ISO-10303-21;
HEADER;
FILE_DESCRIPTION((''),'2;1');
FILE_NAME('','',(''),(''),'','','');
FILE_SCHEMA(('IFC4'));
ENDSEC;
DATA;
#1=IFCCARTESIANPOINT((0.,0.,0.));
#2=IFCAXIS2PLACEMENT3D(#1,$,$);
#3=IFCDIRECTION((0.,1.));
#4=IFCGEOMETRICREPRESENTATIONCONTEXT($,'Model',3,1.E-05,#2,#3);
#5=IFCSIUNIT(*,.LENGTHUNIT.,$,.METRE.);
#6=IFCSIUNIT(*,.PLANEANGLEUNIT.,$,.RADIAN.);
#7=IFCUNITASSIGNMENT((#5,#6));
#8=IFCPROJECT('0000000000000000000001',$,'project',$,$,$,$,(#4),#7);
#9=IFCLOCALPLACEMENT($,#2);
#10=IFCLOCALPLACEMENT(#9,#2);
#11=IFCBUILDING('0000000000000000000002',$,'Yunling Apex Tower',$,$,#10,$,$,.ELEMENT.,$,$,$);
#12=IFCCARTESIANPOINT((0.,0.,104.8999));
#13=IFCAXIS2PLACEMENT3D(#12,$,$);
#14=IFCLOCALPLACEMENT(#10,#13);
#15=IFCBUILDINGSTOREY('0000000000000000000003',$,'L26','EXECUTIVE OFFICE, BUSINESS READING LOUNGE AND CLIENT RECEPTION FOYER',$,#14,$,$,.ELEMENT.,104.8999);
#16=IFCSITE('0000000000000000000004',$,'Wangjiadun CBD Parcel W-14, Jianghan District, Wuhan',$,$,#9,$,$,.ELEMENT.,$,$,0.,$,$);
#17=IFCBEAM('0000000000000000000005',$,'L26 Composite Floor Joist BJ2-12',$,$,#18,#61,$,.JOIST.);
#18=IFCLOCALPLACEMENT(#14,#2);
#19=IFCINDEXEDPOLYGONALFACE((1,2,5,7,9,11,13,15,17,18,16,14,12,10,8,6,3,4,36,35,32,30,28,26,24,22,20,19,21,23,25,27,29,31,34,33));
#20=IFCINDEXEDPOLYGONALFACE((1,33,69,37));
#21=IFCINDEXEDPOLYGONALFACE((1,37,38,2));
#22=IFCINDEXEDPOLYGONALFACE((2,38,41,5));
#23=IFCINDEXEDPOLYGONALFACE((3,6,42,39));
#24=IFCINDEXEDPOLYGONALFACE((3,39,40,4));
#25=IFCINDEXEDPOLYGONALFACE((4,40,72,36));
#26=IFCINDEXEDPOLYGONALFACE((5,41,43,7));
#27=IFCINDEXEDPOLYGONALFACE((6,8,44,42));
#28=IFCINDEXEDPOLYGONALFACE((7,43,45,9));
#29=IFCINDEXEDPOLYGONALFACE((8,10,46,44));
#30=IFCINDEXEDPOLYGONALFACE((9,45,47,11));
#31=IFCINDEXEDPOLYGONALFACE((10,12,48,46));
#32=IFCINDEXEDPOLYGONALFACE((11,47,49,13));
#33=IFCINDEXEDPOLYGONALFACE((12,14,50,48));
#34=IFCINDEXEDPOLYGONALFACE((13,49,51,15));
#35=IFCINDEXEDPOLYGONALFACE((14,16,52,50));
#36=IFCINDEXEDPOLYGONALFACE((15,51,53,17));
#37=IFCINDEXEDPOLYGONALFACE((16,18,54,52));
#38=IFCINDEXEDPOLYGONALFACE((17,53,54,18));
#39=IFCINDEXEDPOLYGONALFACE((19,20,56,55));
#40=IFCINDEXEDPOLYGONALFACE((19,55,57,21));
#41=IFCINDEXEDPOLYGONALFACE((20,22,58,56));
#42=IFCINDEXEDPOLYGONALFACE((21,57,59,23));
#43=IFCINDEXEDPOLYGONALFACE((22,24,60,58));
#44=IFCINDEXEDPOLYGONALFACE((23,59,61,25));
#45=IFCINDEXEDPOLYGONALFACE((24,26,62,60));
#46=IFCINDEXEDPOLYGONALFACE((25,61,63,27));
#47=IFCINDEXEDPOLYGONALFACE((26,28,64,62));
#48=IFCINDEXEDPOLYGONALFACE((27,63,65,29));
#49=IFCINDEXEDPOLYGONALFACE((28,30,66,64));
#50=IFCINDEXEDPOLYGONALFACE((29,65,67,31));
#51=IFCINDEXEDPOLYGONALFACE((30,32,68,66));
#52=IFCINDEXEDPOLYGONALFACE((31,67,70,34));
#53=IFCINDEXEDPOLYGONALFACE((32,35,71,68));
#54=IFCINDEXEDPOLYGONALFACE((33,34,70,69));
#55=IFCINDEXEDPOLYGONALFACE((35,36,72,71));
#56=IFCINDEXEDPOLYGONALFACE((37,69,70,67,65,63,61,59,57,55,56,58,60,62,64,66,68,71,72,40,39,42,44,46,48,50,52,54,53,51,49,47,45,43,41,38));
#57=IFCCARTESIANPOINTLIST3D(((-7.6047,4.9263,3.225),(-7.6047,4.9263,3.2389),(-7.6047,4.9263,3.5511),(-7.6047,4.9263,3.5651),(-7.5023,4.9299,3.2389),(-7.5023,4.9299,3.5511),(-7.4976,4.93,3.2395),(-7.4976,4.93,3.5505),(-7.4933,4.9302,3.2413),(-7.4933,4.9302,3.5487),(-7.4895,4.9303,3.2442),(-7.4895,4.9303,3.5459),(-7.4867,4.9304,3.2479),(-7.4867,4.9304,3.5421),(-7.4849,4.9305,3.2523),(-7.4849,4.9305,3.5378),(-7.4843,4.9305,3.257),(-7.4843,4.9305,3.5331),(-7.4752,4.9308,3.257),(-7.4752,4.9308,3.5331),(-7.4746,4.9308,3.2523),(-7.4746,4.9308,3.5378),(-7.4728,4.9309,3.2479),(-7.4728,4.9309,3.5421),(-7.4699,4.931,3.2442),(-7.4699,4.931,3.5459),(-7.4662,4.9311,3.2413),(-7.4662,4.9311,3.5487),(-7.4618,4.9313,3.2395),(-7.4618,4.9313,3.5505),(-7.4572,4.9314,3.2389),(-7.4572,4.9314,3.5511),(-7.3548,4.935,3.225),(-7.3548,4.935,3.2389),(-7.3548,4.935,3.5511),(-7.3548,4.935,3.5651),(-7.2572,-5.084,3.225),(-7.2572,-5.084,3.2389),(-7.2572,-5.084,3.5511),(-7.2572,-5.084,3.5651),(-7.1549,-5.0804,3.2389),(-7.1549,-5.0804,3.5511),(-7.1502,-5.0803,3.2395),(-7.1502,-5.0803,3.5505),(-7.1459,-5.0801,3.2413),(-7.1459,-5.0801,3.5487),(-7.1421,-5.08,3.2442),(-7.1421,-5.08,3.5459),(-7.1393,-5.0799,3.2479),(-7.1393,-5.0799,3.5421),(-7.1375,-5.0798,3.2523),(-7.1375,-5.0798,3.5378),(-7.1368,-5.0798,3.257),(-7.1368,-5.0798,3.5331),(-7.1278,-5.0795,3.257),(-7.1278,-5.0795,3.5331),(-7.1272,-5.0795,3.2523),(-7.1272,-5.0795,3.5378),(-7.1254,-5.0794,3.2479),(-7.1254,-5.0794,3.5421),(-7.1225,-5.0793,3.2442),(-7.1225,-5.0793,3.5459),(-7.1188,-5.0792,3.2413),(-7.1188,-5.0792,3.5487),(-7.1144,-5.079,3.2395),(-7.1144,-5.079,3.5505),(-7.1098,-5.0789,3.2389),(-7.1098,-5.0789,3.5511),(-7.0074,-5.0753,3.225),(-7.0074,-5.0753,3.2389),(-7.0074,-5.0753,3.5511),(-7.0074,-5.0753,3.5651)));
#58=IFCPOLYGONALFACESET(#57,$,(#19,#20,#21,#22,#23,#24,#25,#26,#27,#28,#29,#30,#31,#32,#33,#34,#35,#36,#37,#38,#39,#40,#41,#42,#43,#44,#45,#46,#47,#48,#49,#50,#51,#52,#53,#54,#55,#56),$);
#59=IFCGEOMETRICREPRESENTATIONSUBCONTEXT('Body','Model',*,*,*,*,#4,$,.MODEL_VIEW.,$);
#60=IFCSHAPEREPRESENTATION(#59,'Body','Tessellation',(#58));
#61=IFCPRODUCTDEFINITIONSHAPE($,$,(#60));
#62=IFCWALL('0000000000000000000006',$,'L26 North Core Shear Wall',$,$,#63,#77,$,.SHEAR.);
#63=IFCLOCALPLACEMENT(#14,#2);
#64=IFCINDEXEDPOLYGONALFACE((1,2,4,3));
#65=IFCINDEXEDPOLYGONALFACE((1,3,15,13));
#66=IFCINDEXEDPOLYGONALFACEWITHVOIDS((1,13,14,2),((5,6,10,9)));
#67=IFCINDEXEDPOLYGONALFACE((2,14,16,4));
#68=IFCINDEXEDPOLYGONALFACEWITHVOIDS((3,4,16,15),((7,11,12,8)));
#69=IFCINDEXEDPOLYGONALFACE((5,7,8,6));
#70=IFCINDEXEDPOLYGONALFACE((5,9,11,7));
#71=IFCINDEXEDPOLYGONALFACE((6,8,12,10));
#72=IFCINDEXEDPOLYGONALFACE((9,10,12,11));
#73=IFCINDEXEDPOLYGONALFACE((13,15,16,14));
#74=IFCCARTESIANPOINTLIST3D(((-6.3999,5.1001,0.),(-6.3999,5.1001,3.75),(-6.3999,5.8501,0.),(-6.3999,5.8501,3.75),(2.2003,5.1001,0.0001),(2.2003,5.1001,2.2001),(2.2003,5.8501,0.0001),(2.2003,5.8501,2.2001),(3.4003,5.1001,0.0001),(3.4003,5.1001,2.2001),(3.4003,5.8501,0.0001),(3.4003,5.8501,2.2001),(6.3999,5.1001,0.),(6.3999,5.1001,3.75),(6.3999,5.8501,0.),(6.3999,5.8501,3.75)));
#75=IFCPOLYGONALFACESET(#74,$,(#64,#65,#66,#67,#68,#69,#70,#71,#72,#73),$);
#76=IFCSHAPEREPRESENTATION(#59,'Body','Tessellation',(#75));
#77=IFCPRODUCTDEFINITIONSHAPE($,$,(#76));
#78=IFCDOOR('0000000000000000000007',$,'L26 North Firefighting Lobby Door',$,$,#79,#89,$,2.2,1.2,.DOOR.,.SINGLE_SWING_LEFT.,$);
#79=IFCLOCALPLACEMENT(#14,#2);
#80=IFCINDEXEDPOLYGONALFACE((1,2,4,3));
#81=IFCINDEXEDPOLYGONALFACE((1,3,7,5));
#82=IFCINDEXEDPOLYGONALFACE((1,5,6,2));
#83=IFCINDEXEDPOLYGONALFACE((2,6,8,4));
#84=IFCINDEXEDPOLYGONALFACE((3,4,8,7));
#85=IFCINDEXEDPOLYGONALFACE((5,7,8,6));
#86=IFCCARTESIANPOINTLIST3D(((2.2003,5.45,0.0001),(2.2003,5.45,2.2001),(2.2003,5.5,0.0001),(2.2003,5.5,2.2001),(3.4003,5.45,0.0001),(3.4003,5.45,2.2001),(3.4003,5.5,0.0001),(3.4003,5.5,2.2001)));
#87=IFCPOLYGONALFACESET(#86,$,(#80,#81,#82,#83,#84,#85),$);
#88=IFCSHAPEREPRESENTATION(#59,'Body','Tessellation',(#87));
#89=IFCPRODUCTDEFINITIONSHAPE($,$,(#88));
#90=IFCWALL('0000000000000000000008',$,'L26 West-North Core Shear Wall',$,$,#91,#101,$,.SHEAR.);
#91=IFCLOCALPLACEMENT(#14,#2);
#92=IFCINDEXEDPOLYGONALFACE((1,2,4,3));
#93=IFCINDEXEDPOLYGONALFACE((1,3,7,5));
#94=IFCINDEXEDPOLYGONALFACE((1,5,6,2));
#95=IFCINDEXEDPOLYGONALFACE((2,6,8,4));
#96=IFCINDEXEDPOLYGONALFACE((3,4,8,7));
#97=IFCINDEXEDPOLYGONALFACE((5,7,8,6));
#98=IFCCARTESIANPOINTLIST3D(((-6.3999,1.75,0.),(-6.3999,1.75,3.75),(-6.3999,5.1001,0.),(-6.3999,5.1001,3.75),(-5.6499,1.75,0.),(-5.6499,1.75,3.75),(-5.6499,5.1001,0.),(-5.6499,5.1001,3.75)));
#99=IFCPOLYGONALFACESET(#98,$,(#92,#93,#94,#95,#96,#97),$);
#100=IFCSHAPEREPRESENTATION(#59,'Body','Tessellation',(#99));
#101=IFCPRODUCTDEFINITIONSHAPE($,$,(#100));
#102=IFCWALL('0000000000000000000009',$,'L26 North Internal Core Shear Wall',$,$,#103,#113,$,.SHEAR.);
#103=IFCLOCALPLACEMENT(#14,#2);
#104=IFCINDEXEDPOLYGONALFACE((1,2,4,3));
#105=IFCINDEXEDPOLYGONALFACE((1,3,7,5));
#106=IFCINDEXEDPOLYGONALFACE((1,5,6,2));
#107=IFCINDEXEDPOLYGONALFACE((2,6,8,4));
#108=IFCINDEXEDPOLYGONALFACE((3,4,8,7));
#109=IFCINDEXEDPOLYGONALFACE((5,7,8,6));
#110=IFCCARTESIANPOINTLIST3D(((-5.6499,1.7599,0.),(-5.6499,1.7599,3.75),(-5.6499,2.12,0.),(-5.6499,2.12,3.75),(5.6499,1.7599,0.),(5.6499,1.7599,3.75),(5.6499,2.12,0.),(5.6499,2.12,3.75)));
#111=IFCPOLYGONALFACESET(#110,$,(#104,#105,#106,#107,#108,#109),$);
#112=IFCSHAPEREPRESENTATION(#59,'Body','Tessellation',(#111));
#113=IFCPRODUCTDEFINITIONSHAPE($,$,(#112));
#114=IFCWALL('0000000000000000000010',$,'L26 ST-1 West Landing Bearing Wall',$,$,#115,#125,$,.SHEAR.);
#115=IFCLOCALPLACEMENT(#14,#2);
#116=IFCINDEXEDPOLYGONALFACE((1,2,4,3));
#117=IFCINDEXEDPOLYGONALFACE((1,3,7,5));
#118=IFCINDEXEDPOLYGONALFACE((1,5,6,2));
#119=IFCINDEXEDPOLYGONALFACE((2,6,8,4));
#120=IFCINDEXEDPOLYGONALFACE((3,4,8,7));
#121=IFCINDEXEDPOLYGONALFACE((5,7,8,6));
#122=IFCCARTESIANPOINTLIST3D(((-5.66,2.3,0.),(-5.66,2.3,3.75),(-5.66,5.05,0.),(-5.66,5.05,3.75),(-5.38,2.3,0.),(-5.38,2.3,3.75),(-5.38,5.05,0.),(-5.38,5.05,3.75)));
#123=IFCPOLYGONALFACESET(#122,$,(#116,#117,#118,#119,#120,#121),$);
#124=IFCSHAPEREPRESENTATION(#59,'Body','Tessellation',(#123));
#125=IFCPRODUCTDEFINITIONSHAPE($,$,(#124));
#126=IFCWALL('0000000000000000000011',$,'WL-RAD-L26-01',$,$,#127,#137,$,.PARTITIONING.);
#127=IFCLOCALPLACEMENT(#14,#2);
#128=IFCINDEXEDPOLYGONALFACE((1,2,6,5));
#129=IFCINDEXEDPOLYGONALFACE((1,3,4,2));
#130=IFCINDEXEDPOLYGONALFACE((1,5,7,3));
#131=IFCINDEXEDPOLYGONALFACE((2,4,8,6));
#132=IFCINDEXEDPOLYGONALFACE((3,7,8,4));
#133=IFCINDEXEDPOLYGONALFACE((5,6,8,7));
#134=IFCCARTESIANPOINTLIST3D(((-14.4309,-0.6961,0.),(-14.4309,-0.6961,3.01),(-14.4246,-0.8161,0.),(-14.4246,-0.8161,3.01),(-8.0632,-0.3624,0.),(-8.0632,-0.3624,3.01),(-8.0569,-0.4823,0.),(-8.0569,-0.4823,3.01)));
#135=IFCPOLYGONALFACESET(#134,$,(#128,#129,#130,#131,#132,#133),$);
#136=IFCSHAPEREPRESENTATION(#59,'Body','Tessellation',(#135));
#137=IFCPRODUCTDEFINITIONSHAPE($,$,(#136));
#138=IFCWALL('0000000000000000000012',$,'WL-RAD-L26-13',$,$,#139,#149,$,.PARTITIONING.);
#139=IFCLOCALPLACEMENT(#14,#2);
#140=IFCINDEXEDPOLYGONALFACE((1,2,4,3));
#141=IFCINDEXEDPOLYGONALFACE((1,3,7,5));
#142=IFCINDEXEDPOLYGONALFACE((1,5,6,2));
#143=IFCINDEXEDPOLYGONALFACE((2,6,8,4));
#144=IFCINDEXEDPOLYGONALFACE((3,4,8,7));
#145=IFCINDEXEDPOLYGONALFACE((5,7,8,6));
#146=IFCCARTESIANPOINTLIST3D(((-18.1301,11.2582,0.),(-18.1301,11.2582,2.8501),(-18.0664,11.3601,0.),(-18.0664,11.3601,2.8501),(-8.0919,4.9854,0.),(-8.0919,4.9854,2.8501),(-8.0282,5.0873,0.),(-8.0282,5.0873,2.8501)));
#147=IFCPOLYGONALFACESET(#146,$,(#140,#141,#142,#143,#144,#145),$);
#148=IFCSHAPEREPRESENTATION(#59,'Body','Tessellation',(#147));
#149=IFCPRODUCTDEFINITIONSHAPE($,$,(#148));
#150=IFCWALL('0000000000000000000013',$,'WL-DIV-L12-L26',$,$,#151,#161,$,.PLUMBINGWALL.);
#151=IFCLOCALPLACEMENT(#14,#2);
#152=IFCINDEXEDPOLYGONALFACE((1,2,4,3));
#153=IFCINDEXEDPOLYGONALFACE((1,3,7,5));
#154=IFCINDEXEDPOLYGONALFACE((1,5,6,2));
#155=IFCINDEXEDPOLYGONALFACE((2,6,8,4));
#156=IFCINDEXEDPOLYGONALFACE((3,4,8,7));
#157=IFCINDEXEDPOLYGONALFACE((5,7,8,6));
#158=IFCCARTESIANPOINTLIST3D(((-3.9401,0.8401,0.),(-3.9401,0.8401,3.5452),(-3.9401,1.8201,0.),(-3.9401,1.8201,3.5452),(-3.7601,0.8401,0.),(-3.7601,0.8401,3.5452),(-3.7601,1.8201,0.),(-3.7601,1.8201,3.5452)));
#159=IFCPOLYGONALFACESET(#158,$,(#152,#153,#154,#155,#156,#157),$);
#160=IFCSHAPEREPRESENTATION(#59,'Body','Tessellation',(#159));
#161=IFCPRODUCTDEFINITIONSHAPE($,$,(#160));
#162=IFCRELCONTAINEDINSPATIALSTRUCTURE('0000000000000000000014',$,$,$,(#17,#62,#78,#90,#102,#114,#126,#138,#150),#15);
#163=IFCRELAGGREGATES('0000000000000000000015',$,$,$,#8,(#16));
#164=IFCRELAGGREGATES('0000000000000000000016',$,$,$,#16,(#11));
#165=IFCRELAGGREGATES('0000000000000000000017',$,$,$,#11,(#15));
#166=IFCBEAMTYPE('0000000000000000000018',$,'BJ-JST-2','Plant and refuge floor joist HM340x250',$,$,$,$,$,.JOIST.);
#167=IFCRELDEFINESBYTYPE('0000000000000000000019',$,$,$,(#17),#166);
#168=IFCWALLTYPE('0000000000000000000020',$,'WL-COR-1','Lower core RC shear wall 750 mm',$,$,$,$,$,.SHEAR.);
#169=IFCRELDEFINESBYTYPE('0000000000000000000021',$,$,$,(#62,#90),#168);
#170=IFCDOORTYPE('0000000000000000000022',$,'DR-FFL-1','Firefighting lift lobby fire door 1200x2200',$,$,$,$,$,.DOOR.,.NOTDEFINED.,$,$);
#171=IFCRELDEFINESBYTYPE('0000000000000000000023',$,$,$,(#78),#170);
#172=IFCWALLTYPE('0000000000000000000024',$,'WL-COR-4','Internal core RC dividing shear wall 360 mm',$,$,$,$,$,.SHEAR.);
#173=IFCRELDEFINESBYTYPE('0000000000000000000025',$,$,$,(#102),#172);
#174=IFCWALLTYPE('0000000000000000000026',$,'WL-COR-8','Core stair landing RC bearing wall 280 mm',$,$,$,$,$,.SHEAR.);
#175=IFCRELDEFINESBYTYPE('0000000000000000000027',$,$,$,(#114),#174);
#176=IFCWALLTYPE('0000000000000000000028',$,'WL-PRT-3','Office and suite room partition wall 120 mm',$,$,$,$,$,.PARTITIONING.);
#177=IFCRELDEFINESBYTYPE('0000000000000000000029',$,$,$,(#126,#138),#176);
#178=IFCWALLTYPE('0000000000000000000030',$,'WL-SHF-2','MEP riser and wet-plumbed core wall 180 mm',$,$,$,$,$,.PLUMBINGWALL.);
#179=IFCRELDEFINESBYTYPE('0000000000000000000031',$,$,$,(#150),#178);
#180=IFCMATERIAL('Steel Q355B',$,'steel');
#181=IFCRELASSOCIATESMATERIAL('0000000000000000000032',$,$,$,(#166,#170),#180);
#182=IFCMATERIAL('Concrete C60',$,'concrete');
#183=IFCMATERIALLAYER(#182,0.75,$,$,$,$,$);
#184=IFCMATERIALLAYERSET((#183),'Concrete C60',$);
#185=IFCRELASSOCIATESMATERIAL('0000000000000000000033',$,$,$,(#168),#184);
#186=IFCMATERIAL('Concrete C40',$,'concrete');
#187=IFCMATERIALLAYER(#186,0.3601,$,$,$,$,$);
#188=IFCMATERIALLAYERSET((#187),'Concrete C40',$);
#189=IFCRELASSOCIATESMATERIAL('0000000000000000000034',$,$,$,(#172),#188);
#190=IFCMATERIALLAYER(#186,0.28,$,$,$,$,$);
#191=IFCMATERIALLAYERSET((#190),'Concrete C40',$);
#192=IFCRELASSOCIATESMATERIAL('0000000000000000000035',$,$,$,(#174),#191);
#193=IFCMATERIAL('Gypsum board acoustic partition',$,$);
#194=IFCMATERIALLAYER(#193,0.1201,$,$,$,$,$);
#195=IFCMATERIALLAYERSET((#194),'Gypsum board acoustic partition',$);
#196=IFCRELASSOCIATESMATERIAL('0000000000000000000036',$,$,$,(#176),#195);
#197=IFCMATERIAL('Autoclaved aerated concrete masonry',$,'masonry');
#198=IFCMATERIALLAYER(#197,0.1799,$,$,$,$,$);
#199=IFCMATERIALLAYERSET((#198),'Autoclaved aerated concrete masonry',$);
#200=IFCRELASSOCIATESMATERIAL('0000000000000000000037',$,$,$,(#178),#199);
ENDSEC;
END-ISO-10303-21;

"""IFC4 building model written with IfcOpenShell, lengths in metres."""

from ifc_helpers import new_model, si_unit, direction, frame, frame_2d, origin, origin_2d, place, context, subcontext, project, spatial, rectangle, i_section, extrude, source, transform, mapped, material, layer, layer_set, material_profile, profile_set, type_object, element, fill, save


model = new_model("IFC4")

# Units and contexts
model_context = context("Model", 3, precision=1e-05, world=origin(), true_north=direction((0.0, 1.0)))
body_context = subcontext(model_context, "Body", "Model", "MODEL_VIEW")
ifc_project = project(units=[si_unit("LENGTHUNIT", "METRE"), si_unit("PLANEANGLEUNIT", "RADIAN")], contexts=[model_context])

# Site, building, storey
site_placement = place(None, origin())
site = spatial("IfcSite", under=ifc_project, at=site_placement, Name="Wangjiadun CBD Parcel W-14, Jianghan District, Wuhan", CompositionType="ELEMENT", RefElevation=0.0)
building_placement = place(site_placement, origin())
building = spatial("IfcBuilding", under=site, at=building_placement, Name="Yunling Apex Tower", CompositionType="ELEMENT")
storey_placement = place(building_placement, frame((0.0, 0.0, 104.8999)))
storey = spatial("IfcBuildingStorey", under=building, at=storey_placement, Name="L26", Description="EXECUTIVE OFFICE, BUSINESS READING LOUNGE AND CLIENT RECEPTION FOYER", CompositionType="ELEMENT", Elevation=104.8999)

# Shared definitions
ifc_material_1 = material(Name="Concrete C60", Category="concrete")

# Beam
ifc_material_2 = material(Name="Steel Q355B", Category="steel")
ifc_material_profile_1 = material_profile(ifc_material_2, i_section(OverallWidth=0.25, OverallDepth=0.3401, WebThickness=0.009, FlangeThickness=0.0139, FilletRadius=0.0181, at=origin_2d()))
ifc_profile_set_1 = profile_set([ifc_material_profile_1], Name="Steel Q355B")
beam_type_1 = type_object("IfcBeamType", Name="BJ-JST-2", Description="Plant and refuge floor joist HM340x250", PredefinedType="JOIST", material=ifc_profile_set_1)
shared_shape_1 = source(origin(), body_context, "Body", "SweptSolid", [
    extrude(i_section(OverallWidth=0.25, OverallDepth=0.3401, WebThickness=0.009, FlangeThickness=0.0139, FilletRadius=0.0181, at=origin_2d()), origin(), (0.0, 0.0, 1.0), 10.0164),
])
beam_1_placement = place(storey_placement, frame((-7.4797, 4.9307, 3.395), z_axis=(0.034685, -0.999398, 0.0), x_axis=(0.999398, 0.034685, 0.0)))
element("IfcBeam", 1, at=beam_1_placement, inside=storey, type_object=beam_type_1, Name="L26 Composite Floor Joist BJ2-12", PredefinedType="JOIST", context=body_context, shape_type="MappedRepresentation", body=[
    mapped(shared_shape_1, transform((0.0, 0.0, 0.0), scale=1.0)),
])

# Wall, opening, door
ifc_layer_1 = layer(ifc_material_1, 0.75)
ifc_layer_set_1 = layer_set([ifc_layer_1], Name="Concrete C60")
wall_type_1 = type_object("IfcWallType", Name="WL-COR-1", Description="Lower core RC shear wall 750 mm", PredefinedType="SHEAR", material=ifc_layer_set_1)
wall_1_placement = place(storey_placement, frame((-6.3999, 5.4751, 0.0), z_axis=(0.0, 0.0, 1.0), x_axis=(1.0, 0.0, 0.0)))
wall_1 = element("IfcWall", 2, at=wall_1_placement, inside=storey, type_object=wall_type_1, Name="L26 North Core Shear Wall", PredefinedType="SHEAR", context=body_context, shape_type="SweptSolid", body=[
    extrude(rectangle(XDim=12.7998, YDim=0.75, at=frame_2d((6.3999, 0.0))), origin(), (0.0, 0.0, 1.0), 3.75),
])
opening_1_placement = place(wall_1_placement, frame((8.6001, 0.0, 0.0)))
opening_1 = element("IfcOpeningElement", 3, at=opening_1_placement, cuts=wall_1, PredefinedType="OPENING", context=body_context, shape_type="SweptSolid", body=[
    extrude(rectangle(XDim=1.2, YDim=2.2, at=frame_2d((0.6001, 1.1001))), frame((0.0, 0.385, 0.0), z_axis=(0.0, -1.0, 0.0), x_axis=(1.0, 0.0, 0.0)), (0.0, 0.0, 1.0), 0.77),
])
door_type_1 = type_object("IfcDoorType", Name="DR-FFL-1", Description="Firefighting lift lobby fire door 1200x2200", OperationType="NOTDEFINED", PredefinedType="DOOR", material=ifc_material_2)
door_1_placement = place(opening_1_placement, origin())
door_1 = element("IfcDoor", 4, at=door_1_placement, inside=storey, type_object=door_type_1, Name="L26 North Firefighting Lobby Door", OperationType="SINGLE_SWING_LEFT", OverallHeight=2.2, OverallWidth=1.2, PredefinedType="DOOR", context=body_context, shape_type="SweptSolid", body=[
    extrude(rectangle(XDim=1.2, YDim=2.2, at=frame_2d((0.6001, 1.1001))), frame((0.0, 0.0249, 0.0), z_axis=(0.0, -1.0, 0.0), x_axis=(1.0, 0.0, 0.0)), (0.0, 0.0, 1.0), 0.05),
])
fill(opening_1, door_1)

# Walls
wall_2_placement = place(storey_placement, frame((-6.0249, 1.75, 0.0), z_axis=(0.0, 0.0, 1.0), x_axis=(0.0, 1.0, 0.0)))
element("IfcWall", 5, at=wall_2_placement, inside=storey, type_object=wall_type_1, Name="L26 West-North Core Shear Wall", PredefinedType="SHEAR", context=body_context, shape_type="SweptSolid", body=[
    extrude(rectangle(XDim=3.3501, YDim=0.75, at=frame_2d((1.675, 0.0))), origin(), (0.0, 0.0, 1.0), 3.75),
])
ifc_material_3 = material(Name="Concrete C40", Category="concrete")
ifc_layer_2 = layer(ifc_material_3, 0.3601)
ifc_layer_set_2 = layer_set([ifc_layer_2], Name="Concrete C40")
wall_type_2 = type_object("IfcWallType", Name="WL-COR-4", Description="Internal core RC dividing shear wall 360 mm", PredefinedType="SHEAR", material=ifc_layer_set_2)
wall_3_placement = place(storey_placement, frame((-5.6499, 1.9399, 0.0), z_axis=(0.0, 0.0, 1.0), x_axis=(1.0, 0.0, 0.0)))
element("IfcWall", 6, at=wall_3_placement, inside=storey, type_object=wall_type_2, Name="L26 North Internal Core Shear Wall", PredefinedType="SHEAR", context=body_context, shape_type="SweptSolid", body=[
    extrude(rectangle(XDim=11.2998, YDim=0.3601, at=frame_2d((5.6499, 0.0))), origin(), (0.0, 0.0, 1.0), 3.75),
])
ifc_layer_3 = layer(ifc_material_3, 0.28)
ifc_layer_set_3 = layer_set([ifc_layer_3], Name="Concrete C40")
wall_type_3 = type_object("IfcWallType", Name="WL-COR-8", Description="Core stair landing RC bearing wall 280 mm", PredefinedType="SHEAR", material=ifc_layer_set_3)
wall_4_placement = place(storey_placement, frame((-5.52, 2.3, 0.0), z_axis=(0.0, 0.0, 1.0), x_axis=(0.0, 1.0, 0.0)))
element("IfcWall", 7, at=wall_4_placement, inside=storey, type_object=wall_type_3, Name="L26 ST-1 West Landing Bearing Wall", PredefinedType="SHEAR", context=body_context, shape_type="SweptSolid", body=[
    extrude(rectangle(XDim=2.75, YDim=0.28, at=frame_2d((1.375, 0.0))), origin(), (0.0, 0.0, 1.0), 3.75),
])
ifc_material_4 = material(Name="Gypsum board acoustic partition")
ifc_layer_4 = layer(ifc_material_4, 0.1201)
ifc_layer_set_4 = layer_set([ifc_layer_4], Name="Gypsum board acoustic partition")
wall_type_4 = type_object("IfcWallType", Name="WL-PRT-3", Description="Office and suite room partition wall 120 mm", PredefinedType="PARTITIONING", material=ifc_layer_set_4)
wall_5_placement = place(storey_placement, frame((-8.0601, -0.4224, 0.0), z_axis=(0.0, 0.0, 1.0), x_axis=(-0.998629, -0.05234, 0.0)))
element("IfcWall", 8, at=wall_5_placement, inside=storey, type_object=wall_type_4, Name="WL-RAD-L26-01", PredefinedType="PARTITIONING", context=body_context, shape_type="SweptSolid", body=[
    extrude(rectangle(XDim=6.3765, YDim=0.1201, at=frame_2d((3.1882, 0.0))), origin(), (0.0, 0.0, 1.0), 3.01),
])
wall_6_placement = place(storey_placement, frame((-8.0601, 5.0364, 0.0), z_axis=(0.0, 0.0, 1.0), x_axis=(-0.84804, 0.529932, 0.0)))
element("IfcWall", 9, at=wall_6_placement, inside=storey, type_object=wall_type_4, Name="WL-RAD-L26-13", PredefinedType="PARTITIONING", context=body_context, shape_type="SweptSolid", body=[
    extrude(rectangle(XDim=11.8369, YDim=0.1201, at=frame_2d((5.9185, 0.0))), origin(), (0.0, 0.0, 1.0), 2.8501),
])
ifc_material_5 = material(Name="Autoclaved aerated concrete masonry", Category="masonry")
ifc_layer_5 = layer(ifc_material_5, 0.1799)
ifc_layer_set_5 = layer_set([ifc_layer_5], Name="Autoclaved aerated concrete masonry")
wall_type_5 = type_object("IfcWallType", Name="WL-SHF-2", Description="MEP riser and wet-plumbed core wall 180 mm", PredefinedType="PLUMBINGWALL", material=ifc_layer_set_5)
wall_7_placement = place(storey_placement, frame((-3.8501, 0.8401, 0.0), z_axis=(0.0, 0.0, 1.0), x_axis=(0.0, 1.0, 0.0)))
element("IfcWall", 10, at=wall_7_placement, inside=storey, type_object=wall_type_5, Name="WL-DIV-L12-L26", PredefinedType="PLUMBINGWALL", context=body_context, shape_type="SweptSolid", body=[
    extrude(rectangle(XDim=0.98, YDim=0.1799, at=frame_2d((0.49, 0.0))), origin(), (0.0, 0.0, 1.0), 3.5452),
])

save(model, "model.ifc")
